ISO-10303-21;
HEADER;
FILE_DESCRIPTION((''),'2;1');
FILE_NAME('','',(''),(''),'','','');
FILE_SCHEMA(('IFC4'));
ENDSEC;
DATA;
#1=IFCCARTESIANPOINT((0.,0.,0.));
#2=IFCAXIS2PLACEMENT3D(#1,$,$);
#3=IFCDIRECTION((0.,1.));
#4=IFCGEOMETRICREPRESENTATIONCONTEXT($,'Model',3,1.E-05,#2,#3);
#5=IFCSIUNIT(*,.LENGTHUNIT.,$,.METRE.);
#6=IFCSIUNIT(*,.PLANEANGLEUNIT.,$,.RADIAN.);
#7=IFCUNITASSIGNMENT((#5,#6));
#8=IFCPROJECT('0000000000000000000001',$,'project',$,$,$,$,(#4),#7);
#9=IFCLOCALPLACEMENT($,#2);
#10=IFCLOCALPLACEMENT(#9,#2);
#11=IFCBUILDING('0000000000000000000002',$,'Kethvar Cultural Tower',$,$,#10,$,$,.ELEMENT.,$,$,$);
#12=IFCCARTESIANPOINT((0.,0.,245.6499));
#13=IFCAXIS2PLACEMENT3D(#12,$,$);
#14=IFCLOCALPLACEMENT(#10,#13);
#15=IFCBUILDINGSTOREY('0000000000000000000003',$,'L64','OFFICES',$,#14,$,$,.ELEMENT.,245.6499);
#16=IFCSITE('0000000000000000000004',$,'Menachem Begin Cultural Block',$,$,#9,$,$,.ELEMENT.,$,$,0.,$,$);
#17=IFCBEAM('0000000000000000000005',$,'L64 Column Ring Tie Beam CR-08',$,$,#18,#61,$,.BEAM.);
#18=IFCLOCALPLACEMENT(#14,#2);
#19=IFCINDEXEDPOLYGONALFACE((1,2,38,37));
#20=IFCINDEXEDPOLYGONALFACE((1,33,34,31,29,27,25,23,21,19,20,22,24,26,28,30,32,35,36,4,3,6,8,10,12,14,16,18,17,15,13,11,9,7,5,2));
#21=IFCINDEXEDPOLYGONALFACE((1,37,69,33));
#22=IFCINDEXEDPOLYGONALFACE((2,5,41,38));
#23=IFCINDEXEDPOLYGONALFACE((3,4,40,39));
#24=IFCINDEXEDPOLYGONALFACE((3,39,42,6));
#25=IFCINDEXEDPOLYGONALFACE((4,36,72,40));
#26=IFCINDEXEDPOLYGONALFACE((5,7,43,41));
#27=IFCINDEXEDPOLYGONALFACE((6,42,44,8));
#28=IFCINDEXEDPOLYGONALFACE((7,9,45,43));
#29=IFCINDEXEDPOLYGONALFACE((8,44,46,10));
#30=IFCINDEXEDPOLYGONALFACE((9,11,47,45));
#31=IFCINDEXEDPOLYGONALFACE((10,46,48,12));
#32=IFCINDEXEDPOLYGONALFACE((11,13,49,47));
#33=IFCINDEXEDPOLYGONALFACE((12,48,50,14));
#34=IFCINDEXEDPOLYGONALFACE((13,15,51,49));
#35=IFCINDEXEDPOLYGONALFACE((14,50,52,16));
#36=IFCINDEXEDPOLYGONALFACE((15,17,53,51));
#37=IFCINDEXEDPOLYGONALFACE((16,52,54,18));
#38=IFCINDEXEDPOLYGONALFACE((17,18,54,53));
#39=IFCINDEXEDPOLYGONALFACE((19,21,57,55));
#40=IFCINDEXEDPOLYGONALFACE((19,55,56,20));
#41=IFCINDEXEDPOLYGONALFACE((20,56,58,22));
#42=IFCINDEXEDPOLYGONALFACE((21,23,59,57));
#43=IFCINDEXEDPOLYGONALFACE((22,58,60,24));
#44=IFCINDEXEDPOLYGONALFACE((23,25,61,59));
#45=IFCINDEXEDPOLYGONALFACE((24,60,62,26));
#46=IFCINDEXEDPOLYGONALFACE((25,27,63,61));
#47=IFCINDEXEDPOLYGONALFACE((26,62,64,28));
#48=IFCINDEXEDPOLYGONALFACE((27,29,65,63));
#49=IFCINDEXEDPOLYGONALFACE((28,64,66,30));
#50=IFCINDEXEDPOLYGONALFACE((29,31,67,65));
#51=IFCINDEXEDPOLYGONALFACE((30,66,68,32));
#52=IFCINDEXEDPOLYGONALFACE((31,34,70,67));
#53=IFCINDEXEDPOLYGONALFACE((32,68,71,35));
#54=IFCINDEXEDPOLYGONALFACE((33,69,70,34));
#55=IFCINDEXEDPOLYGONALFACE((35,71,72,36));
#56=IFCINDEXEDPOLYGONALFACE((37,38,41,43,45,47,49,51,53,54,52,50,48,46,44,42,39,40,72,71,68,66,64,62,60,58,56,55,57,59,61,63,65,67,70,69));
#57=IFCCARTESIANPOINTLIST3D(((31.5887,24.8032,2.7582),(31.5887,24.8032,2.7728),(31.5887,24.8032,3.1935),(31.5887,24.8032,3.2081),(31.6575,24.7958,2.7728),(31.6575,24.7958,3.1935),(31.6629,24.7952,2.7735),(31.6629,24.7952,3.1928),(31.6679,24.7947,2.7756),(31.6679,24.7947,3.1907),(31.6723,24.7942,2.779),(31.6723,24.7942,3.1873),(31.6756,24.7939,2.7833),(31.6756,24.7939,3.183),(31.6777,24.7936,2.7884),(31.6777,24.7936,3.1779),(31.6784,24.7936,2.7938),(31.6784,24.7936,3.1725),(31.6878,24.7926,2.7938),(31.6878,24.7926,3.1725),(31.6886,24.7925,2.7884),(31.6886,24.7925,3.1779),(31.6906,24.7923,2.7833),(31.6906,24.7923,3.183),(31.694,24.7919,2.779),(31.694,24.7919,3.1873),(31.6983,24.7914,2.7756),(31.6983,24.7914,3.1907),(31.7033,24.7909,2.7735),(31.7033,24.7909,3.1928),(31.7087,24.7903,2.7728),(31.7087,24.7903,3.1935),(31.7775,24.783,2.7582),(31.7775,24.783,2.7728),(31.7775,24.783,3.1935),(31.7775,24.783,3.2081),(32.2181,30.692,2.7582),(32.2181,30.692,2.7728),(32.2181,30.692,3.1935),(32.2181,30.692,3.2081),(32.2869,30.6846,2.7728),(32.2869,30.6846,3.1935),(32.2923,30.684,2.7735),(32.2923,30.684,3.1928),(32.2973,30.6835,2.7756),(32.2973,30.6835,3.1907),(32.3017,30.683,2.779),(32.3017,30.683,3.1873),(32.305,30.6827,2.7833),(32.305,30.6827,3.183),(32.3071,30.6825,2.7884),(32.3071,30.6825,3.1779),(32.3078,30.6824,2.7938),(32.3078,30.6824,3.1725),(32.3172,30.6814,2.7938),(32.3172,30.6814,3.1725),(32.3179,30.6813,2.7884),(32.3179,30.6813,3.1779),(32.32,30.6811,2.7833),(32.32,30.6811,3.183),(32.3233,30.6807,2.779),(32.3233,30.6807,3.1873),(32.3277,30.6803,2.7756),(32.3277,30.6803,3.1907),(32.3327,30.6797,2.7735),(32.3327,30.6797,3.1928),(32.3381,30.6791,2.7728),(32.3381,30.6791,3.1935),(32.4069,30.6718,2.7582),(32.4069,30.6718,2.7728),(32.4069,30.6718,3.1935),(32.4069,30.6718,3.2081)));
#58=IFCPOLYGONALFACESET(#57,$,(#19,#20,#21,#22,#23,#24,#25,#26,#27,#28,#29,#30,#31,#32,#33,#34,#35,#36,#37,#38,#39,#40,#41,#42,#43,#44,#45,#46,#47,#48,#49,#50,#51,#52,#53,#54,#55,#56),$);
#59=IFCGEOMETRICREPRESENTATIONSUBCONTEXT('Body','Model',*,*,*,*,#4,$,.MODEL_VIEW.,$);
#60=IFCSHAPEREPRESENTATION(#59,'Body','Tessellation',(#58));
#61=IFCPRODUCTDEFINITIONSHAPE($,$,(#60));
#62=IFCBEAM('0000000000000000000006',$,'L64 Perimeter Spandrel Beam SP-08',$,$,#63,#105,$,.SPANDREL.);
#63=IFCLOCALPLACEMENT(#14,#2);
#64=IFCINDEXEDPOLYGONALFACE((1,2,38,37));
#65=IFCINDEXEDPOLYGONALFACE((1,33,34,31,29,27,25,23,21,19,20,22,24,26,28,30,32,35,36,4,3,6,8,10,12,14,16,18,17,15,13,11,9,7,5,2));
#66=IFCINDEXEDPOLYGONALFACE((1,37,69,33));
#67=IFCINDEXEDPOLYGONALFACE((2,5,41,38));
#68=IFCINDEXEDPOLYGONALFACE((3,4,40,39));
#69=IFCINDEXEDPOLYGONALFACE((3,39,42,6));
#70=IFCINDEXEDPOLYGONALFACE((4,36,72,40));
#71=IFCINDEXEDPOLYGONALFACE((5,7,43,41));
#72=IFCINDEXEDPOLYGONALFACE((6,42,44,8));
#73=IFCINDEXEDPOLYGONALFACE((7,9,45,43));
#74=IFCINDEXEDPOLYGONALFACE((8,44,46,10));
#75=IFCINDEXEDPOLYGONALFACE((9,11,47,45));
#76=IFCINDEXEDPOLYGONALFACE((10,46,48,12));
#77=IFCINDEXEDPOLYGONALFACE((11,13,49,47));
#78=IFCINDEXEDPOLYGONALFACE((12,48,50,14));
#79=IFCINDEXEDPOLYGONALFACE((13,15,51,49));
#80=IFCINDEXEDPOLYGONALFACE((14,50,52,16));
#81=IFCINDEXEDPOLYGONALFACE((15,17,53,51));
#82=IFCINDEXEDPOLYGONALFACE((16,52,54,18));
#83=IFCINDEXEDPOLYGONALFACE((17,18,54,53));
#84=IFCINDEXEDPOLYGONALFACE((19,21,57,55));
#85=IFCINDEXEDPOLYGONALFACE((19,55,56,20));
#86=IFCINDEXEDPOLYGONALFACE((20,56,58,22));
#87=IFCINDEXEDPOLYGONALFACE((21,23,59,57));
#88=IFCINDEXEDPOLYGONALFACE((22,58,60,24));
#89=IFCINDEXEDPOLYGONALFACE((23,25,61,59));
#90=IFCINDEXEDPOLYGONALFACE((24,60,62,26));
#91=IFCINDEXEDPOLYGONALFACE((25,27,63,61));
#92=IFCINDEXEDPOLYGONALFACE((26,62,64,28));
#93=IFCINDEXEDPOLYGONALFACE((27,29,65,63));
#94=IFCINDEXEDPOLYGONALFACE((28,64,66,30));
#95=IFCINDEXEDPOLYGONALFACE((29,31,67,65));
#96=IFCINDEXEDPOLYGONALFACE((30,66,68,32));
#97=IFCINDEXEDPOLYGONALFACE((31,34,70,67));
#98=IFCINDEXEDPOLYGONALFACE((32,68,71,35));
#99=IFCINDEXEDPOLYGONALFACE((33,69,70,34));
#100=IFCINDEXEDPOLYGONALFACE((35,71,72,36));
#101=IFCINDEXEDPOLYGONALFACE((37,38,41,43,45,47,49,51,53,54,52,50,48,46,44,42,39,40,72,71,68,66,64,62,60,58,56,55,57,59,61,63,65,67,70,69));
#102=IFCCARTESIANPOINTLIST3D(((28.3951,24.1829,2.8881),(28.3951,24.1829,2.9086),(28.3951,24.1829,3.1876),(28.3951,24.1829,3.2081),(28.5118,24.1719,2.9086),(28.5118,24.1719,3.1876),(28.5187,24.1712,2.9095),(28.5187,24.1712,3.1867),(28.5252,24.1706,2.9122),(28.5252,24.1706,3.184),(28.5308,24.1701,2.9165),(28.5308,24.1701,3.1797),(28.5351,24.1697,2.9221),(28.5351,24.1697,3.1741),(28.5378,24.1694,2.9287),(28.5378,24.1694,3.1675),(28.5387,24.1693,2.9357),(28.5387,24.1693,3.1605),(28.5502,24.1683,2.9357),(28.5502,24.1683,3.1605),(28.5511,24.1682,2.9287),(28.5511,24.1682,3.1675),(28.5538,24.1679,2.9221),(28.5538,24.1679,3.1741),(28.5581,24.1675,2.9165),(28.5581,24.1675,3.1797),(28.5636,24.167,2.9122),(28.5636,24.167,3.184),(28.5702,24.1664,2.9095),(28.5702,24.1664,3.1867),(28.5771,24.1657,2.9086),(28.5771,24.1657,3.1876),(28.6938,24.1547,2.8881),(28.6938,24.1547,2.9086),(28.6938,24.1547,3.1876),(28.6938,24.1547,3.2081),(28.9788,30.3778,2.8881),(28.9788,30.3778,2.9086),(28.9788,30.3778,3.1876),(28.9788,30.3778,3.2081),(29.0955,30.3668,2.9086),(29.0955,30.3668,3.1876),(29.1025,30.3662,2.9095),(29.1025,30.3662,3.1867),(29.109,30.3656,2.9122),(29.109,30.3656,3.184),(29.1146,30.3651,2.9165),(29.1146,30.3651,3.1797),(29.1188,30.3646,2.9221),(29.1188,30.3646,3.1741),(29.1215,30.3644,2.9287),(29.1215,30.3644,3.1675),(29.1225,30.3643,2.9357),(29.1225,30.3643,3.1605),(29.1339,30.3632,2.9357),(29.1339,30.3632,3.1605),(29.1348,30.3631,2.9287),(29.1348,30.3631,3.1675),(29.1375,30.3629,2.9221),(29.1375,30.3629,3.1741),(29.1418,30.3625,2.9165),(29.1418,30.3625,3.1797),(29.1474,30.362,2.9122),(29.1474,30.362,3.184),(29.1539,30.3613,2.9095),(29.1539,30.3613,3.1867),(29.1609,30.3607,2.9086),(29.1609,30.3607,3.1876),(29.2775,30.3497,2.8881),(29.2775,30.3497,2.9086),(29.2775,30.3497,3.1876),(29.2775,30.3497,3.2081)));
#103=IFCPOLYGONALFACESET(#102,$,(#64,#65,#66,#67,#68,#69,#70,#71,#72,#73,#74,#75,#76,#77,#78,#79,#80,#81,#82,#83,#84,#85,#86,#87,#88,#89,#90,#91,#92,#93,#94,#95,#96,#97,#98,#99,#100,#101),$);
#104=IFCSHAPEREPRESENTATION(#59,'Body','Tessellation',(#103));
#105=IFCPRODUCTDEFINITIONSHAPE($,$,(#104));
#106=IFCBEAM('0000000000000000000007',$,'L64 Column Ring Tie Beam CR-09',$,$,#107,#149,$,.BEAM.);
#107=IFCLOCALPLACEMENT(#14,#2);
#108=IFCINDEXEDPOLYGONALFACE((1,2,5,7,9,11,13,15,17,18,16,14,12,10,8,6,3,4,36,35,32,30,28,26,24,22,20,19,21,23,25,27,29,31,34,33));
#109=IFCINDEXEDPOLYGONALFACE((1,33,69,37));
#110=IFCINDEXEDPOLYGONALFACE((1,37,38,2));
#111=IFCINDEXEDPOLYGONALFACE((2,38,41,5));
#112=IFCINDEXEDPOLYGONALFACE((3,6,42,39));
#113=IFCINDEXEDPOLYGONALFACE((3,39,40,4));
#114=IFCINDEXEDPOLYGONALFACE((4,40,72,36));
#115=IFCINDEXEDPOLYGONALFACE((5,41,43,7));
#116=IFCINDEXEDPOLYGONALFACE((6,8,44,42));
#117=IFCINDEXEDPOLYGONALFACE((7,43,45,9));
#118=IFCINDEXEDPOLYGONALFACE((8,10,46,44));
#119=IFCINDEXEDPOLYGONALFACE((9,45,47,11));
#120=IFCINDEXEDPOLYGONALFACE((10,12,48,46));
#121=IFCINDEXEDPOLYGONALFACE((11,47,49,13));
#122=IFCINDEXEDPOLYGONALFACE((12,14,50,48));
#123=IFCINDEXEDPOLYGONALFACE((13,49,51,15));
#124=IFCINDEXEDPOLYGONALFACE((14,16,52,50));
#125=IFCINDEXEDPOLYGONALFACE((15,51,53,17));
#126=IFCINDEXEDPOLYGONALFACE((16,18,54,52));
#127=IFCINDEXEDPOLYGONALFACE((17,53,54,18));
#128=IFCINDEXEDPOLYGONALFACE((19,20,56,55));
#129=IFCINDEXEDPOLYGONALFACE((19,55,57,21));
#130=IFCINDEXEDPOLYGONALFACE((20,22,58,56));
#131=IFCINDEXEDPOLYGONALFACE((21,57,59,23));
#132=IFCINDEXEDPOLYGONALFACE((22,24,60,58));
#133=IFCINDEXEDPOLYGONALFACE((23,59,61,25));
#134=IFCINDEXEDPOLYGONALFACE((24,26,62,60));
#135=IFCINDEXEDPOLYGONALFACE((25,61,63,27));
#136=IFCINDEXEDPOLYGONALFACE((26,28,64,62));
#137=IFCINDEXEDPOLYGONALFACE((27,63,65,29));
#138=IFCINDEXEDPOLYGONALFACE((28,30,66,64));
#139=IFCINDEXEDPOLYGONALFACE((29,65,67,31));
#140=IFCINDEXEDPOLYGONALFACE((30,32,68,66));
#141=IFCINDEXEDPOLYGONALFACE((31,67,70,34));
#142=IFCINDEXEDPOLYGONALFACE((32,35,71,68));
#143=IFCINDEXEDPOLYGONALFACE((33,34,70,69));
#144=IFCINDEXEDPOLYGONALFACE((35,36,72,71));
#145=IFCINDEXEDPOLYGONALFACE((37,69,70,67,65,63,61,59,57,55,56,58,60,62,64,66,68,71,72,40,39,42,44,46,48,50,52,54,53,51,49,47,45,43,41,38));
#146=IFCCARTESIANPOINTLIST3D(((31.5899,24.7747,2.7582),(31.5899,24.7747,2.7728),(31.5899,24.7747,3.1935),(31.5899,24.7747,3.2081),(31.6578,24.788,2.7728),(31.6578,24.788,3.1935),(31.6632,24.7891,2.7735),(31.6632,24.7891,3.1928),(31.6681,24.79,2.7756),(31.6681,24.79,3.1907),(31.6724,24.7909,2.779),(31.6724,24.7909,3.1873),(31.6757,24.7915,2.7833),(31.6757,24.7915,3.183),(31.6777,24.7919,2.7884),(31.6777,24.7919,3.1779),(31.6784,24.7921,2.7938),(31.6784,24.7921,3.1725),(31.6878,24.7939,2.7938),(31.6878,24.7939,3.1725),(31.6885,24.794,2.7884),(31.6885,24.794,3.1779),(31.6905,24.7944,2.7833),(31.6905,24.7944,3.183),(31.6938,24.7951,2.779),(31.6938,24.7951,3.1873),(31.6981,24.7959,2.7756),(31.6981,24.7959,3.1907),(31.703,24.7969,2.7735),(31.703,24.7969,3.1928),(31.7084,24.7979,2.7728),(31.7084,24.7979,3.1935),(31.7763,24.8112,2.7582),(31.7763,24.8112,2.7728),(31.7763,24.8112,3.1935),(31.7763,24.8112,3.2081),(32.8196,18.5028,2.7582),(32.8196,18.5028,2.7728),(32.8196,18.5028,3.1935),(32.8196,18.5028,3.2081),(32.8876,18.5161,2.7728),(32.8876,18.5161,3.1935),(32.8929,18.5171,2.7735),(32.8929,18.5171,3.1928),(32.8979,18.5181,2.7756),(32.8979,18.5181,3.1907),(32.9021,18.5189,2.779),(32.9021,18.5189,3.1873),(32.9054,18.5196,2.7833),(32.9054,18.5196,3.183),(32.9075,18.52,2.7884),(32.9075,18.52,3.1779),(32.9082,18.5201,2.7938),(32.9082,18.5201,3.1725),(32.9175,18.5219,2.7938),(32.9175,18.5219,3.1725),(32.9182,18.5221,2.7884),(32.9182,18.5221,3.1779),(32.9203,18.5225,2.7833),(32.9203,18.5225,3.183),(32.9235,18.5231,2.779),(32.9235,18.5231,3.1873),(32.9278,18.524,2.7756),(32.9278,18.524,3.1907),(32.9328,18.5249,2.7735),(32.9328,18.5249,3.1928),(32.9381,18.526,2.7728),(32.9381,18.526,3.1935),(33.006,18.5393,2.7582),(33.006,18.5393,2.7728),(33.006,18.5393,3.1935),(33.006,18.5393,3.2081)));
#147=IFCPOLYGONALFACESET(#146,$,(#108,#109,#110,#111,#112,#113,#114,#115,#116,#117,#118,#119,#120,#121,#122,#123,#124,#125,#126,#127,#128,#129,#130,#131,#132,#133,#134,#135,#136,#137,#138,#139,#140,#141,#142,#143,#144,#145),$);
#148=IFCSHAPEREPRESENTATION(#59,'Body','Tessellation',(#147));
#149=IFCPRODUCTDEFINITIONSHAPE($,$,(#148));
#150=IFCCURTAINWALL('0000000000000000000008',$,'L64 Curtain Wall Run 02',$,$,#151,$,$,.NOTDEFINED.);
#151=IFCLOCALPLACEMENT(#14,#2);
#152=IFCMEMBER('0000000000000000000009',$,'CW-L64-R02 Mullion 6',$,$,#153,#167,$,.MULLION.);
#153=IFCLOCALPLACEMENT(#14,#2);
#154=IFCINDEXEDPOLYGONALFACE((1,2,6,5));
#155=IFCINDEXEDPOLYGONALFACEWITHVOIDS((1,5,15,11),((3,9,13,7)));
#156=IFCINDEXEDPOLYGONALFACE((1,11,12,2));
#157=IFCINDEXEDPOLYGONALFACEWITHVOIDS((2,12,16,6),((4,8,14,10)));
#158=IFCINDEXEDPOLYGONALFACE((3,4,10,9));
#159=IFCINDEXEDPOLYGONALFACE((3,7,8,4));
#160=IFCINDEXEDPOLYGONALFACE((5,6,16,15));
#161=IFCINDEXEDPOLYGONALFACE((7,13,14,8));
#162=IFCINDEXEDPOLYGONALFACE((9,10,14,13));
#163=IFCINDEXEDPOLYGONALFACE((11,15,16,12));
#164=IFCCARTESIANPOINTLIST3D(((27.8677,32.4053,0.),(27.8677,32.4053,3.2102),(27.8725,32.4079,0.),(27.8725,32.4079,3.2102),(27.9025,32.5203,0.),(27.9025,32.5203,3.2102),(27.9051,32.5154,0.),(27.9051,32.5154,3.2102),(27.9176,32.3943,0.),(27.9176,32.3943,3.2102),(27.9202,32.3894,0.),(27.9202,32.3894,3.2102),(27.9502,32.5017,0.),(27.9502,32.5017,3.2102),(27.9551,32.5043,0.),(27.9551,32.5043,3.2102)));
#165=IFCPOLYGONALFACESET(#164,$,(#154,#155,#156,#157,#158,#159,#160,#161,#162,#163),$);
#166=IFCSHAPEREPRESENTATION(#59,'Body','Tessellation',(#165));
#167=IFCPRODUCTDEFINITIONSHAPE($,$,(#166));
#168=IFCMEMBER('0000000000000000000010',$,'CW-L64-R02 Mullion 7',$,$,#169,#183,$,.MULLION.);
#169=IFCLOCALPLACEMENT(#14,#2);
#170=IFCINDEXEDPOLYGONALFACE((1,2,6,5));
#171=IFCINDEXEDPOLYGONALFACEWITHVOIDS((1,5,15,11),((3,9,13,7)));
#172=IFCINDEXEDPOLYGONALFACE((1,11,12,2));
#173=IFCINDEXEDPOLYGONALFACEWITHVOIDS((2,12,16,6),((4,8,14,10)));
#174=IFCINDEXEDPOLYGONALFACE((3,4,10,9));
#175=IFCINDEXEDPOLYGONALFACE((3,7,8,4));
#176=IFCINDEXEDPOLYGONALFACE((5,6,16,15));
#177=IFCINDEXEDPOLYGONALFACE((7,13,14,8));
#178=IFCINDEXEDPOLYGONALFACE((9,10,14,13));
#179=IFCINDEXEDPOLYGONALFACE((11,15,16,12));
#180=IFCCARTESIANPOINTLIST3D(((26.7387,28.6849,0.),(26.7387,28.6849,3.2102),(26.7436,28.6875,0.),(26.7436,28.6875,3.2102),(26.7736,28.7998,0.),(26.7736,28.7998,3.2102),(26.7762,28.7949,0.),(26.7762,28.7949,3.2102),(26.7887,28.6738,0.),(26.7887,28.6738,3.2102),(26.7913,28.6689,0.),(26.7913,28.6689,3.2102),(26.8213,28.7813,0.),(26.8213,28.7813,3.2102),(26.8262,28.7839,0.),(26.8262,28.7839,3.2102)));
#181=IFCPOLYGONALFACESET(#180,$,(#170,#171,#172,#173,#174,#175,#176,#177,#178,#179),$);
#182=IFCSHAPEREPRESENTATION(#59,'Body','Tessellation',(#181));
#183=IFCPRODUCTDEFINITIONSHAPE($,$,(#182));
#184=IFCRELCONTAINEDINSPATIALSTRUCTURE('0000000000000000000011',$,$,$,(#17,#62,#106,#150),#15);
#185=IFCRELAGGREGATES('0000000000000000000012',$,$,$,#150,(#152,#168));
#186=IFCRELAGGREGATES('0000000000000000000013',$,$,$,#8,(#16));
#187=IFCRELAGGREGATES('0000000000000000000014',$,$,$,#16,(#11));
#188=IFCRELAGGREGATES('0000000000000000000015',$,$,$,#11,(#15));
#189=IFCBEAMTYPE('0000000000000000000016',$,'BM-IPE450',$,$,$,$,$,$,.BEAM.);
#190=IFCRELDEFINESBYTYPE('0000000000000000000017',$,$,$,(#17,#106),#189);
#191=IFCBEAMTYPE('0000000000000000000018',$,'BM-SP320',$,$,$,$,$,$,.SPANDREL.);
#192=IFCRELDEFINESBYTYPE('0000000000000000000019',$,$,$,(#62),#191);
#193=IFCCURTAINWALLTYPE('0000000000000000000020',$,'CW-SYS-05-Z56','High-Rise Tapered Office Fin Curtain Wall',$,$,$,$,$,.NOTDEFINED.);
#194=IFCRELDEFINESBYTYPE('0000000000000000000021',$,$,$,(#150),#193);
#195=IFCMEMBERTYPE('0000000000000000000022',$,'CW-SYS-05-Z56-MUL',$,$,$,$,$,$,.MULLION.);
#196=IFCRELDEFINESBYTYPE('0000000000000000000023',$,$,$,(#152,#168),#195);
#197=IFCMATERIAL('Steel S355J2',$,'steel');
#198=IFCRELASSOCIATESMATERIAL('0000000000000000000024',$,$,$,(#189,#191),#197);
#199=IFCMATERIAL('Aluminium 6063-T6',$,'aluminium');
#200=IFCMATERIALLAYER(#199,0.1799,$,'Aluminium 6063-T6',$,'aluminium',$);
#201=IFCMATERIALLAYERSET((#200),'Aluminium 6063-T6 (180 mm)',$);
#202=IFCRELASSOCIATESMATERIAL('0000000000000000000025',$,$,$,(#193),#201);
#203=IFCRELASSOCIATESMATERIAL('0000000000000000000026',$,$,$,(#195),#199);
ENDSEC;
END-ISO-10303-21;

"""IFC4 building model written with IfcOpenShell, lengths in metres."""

from ifc_helpers import new_model, si_unit, direction, frame, origin, origin_2d, place, context, subcontext, project, spatial, hollow_rectangle, i_section, extrude, source, transform, mapped, material, layer, layer_set, material_profile, profile_set, type_object, element, aggregate, save


model = new_model("IFC4")

# Units and contexts
model_context = context("Model", 3, precision=1e-05, world=origin(), true_north=direction((0.0, 1.0)))
body_context = subcontext(model_context, "Body", "Model", "MODEL_VIEW")
ifc_project = project(units=[si_unit("LENGTHUNIT", "METRE"), si_unit("PLANEANGLEUNIT", "RADIAN")], contexts=[model_context])

# Site, building, storey
site_placement = place(None, origin())
site = spatial("IfcSite", under=ifc_project, at=site_placement, Name="Menachem Begin Cultural Block", CompositionType="ELEMENT", RefElevation=0.0)
building_placement = place(site_placement, origin())
building = spatial("IfcBuilding", under=site, at=building_placement, Name="Kethvar Cultural Tower", CompositionType="ELEMENT")
storey_placement = place(building_placement, frame((0.0, 0.0, 245.6499)))
storey = spatial("IfcBuildingStorey", under=building, at=storey_placement, Name="L64", Description="OFFICES", CompositionType="ELEMENT", Elevation=245.6499)

# Beams
ifc_material_1 = material(Name="Steel S355J2", Category="steel")
ifc_material_profile_1 = material_profile(ifc_material_1, i_section(OverallWidth=0.1899, OverallDepth=0.45, WebThickness=0.0095, FlangeThickness=0.0146, FilletRadius=0.021, at=origin_2d()), Name="Steel S355J2 — IPE450")
ifc_profile_set_1 = profile_set([ifc_material_profile_1], Name="Steel S355J2 — IPE450")
beam_type_1 = type_object("IfcBeamType", Name="BM-IPE450", PredefinedType="BEAM", material=ifc_profile_set_1)
shared_shape_1 = source(origin(), body_context, "Body", "SweptSolid", [
    extrude(i_section(OverallWidth=0.1899, OverallDepth=0.45, WebThickness=0.0095, FlangeThickness=0.0146, FilletRadius=0.021, at=origin_2d()), origin(), (0.0, 0.0, 1.0), 5.9224),
])
beam_1_placement = place(storey_placement, frame((32.3125, 30.6819, 2.9832), z_axis=(-0.106273, -0.994337, 0.0), x_axis=(0.994337, -0.106273, 0.0)))
element("IfcBeam", 1, at=beam_1_placement, inside=storey, type_object=beam_type_1, Name="L64 Column Ring Tie Beam CR-08", PredefinedType="BEAM", context=body_context, shape_type="MappedRepresentation", body=[
    mapped(shared_shape_1, transform((0.0, 0.0, 0.0), scale=1.0)),
])
ifc_material_profile_2 = material_profile(ifc_material_1, i_section(OverallWidth=0.3, OverallDepth=0.3201, WebThickness=0.0115, FlangeThickness=0.0205, FilletRadius=0.0271, at=origin_2d()), Name="Steel S355J2 — HEB320")
ifc_profile_set_2 = profile_set([ifc_material_profile_2], Name="Steel S355J2 — HEB320")
beam_type_2 = type_object("IfcBeamType", Name="BM-SP320", PredefinedType="SPANDREL", material=ifc_profile_set_2)
shared_shape_2 = source(origin(), body_context, "Body", "SweptSolid", [
    extrude(i_section(OverallWidth=0.3, OverallDepth=0.3201, WebThickness=0.0115, FlangeThickness=0.0205, FilletRadius=0.0271, at=origin_2d()), origin(), (0.0, 0.0, 1.0), 6.2224),
])
beam_2_placement = place(storey_placement, frame((29.1282, 30.3638, 3.0481), z_axis=(-0.093811, -0.99559, 0.0), x_axis=(0.99559, -0.093811, 0.0)))
element("IfcBeam", 2, at=beam_2_placement, inside=storey, type_object=beam_type_2, Name="L64 Perimeter Spandrel Beam SP-08", PredefinedType="SPANDREL", context=body_context, shape_type="MappedRepresentation", body=[
    mapped(shared_shape_2, transform((0.0, 0.0, 0.0), scale=1.0)),
])
shared_shape_3 = source(origin(), body_context, "Body", "SweptSolid", [
    extrude(i_section(OverallWidth=0.1899, OverallDepth=0.45, WebThickness=0.0095, FlangeThickness=0.0146, FilletRadius=0.021, at=origin_2d()), origin(), (0.0, 0.0, 1.0), 6.3914),
])
beam_3_placement = place(storey_placement, frame((31.6831, 24.793, 2.9832), z_axis=(0.192405, -0.981316, 0.0), x_axis=(0.981316, 0.192405, 0.0)))
element("IfcBeam", 3, at=beam_3_placement, inside=storey, type_object=beam_type_1, Name="L64 Column Ring Tie Beam CR-09", PredefinedType="BEAM", context=body_context, shape_type="MappedRepresentation", body=[
    mapped(shared_shape_3, transform((0.0, 0.0, 0.0), scale=1.0)),
])

# Curtain wall, members
ifc_material_2 = material(Name="Aluminium 6063-T6", Category="aluminium")
ifc_layer_1 = layer(ifc_material_2, 0.1799, Name="Aluminium 6063-T6", Category="aluminium")
ifc_layer_set_1 = layer_set([ifc_layer_1], Name="Aluminium 6063-T6 (180 mm)")
curtain_wall_type = type_object("IfcCurtainWallType", Name="CW-SYS-05-Z56", Description="High-Rise Tapered Office Fin Curtain Wall", PredefinedType="NOTDEFINED", material=ifc_layer_set_1)
curtain_wall_1_placement = place(storey_placement, origin())
curtain_wall_1 = element("IfcCurtainWall", 4, at=curtain_wall_1_placement, inside=storey, type_object=curtain_wall_type, Name="L64 Curtain Wall Run 02", PredefinedType="NOTDEFINED")
ifc_material_profile_3 = material_profile(ifc_material_2, hollow_rectangle(XDim=0.0549, YDim=0.1201, WallThickness=0.0039, at=origin_2d()), Name="Aluminium 6063-T6 — RHS120x55x4")
ifc_profile_set_3 = profile_set([ifc_material_profile_3], Name="Aluminium 6063-T6 — RHS120x55x4")
member_type_1 = type_object("IfcMemberType", Name="CW-SYS-05-Z56-MUL", PredefinedType="MULLION", material=ifc_profile_set_3)
shared_shape_4 = source(origin(), body_context, "Body", "SweptSolid", [
    extrude(hollow_rectangle(XDim=0.0549, YDim=0.1201, WallThickness=0.0039, at=origin_2d()), origin(), (0.0, 0.0, 1.0), 3.2102),
])
member_1_placement = place(storey_placement, frame((27.9114, 32.4548, 0.0), z_axis=(0.0, 0.0, 1.0), x_axis=(0.956915, -0.290368, 0.0)))
member_1 = element("IfcMember", 5, at=member_1_placement, type_object=member_type_1, Name="CW-L64-R02 Mullion 6", PredefinedType="MULLION", context=body_context, shape_type="MappedRepresentation", body=[
    mapped(shared_shape_4, transform((0.0, 0.0, 0.0), scale=1.0)),
])
member_2_placement = place(storey_placement, frame((26.7825, 28.7344, 0.0), z_axis=(0.0, 0.0, 1.0), x_axis=(0.956915, -0.290368, 0.0)))
member_2 = element("IfcMember", 6, at=member_2_placement, type_object=member_type_1, Name="CW-L64-R02 Mullion 7", PredefinedType="MULLION", context=body_context, shape_type="MappedRepresentation", body=[
    mapped(shared_shape_4, transform((0.0, 0.0, 0.0), scale=1.0)),
])

aggregate(curtain_wall_1, [member_1, member_2])

save(model, "model.ifc")
